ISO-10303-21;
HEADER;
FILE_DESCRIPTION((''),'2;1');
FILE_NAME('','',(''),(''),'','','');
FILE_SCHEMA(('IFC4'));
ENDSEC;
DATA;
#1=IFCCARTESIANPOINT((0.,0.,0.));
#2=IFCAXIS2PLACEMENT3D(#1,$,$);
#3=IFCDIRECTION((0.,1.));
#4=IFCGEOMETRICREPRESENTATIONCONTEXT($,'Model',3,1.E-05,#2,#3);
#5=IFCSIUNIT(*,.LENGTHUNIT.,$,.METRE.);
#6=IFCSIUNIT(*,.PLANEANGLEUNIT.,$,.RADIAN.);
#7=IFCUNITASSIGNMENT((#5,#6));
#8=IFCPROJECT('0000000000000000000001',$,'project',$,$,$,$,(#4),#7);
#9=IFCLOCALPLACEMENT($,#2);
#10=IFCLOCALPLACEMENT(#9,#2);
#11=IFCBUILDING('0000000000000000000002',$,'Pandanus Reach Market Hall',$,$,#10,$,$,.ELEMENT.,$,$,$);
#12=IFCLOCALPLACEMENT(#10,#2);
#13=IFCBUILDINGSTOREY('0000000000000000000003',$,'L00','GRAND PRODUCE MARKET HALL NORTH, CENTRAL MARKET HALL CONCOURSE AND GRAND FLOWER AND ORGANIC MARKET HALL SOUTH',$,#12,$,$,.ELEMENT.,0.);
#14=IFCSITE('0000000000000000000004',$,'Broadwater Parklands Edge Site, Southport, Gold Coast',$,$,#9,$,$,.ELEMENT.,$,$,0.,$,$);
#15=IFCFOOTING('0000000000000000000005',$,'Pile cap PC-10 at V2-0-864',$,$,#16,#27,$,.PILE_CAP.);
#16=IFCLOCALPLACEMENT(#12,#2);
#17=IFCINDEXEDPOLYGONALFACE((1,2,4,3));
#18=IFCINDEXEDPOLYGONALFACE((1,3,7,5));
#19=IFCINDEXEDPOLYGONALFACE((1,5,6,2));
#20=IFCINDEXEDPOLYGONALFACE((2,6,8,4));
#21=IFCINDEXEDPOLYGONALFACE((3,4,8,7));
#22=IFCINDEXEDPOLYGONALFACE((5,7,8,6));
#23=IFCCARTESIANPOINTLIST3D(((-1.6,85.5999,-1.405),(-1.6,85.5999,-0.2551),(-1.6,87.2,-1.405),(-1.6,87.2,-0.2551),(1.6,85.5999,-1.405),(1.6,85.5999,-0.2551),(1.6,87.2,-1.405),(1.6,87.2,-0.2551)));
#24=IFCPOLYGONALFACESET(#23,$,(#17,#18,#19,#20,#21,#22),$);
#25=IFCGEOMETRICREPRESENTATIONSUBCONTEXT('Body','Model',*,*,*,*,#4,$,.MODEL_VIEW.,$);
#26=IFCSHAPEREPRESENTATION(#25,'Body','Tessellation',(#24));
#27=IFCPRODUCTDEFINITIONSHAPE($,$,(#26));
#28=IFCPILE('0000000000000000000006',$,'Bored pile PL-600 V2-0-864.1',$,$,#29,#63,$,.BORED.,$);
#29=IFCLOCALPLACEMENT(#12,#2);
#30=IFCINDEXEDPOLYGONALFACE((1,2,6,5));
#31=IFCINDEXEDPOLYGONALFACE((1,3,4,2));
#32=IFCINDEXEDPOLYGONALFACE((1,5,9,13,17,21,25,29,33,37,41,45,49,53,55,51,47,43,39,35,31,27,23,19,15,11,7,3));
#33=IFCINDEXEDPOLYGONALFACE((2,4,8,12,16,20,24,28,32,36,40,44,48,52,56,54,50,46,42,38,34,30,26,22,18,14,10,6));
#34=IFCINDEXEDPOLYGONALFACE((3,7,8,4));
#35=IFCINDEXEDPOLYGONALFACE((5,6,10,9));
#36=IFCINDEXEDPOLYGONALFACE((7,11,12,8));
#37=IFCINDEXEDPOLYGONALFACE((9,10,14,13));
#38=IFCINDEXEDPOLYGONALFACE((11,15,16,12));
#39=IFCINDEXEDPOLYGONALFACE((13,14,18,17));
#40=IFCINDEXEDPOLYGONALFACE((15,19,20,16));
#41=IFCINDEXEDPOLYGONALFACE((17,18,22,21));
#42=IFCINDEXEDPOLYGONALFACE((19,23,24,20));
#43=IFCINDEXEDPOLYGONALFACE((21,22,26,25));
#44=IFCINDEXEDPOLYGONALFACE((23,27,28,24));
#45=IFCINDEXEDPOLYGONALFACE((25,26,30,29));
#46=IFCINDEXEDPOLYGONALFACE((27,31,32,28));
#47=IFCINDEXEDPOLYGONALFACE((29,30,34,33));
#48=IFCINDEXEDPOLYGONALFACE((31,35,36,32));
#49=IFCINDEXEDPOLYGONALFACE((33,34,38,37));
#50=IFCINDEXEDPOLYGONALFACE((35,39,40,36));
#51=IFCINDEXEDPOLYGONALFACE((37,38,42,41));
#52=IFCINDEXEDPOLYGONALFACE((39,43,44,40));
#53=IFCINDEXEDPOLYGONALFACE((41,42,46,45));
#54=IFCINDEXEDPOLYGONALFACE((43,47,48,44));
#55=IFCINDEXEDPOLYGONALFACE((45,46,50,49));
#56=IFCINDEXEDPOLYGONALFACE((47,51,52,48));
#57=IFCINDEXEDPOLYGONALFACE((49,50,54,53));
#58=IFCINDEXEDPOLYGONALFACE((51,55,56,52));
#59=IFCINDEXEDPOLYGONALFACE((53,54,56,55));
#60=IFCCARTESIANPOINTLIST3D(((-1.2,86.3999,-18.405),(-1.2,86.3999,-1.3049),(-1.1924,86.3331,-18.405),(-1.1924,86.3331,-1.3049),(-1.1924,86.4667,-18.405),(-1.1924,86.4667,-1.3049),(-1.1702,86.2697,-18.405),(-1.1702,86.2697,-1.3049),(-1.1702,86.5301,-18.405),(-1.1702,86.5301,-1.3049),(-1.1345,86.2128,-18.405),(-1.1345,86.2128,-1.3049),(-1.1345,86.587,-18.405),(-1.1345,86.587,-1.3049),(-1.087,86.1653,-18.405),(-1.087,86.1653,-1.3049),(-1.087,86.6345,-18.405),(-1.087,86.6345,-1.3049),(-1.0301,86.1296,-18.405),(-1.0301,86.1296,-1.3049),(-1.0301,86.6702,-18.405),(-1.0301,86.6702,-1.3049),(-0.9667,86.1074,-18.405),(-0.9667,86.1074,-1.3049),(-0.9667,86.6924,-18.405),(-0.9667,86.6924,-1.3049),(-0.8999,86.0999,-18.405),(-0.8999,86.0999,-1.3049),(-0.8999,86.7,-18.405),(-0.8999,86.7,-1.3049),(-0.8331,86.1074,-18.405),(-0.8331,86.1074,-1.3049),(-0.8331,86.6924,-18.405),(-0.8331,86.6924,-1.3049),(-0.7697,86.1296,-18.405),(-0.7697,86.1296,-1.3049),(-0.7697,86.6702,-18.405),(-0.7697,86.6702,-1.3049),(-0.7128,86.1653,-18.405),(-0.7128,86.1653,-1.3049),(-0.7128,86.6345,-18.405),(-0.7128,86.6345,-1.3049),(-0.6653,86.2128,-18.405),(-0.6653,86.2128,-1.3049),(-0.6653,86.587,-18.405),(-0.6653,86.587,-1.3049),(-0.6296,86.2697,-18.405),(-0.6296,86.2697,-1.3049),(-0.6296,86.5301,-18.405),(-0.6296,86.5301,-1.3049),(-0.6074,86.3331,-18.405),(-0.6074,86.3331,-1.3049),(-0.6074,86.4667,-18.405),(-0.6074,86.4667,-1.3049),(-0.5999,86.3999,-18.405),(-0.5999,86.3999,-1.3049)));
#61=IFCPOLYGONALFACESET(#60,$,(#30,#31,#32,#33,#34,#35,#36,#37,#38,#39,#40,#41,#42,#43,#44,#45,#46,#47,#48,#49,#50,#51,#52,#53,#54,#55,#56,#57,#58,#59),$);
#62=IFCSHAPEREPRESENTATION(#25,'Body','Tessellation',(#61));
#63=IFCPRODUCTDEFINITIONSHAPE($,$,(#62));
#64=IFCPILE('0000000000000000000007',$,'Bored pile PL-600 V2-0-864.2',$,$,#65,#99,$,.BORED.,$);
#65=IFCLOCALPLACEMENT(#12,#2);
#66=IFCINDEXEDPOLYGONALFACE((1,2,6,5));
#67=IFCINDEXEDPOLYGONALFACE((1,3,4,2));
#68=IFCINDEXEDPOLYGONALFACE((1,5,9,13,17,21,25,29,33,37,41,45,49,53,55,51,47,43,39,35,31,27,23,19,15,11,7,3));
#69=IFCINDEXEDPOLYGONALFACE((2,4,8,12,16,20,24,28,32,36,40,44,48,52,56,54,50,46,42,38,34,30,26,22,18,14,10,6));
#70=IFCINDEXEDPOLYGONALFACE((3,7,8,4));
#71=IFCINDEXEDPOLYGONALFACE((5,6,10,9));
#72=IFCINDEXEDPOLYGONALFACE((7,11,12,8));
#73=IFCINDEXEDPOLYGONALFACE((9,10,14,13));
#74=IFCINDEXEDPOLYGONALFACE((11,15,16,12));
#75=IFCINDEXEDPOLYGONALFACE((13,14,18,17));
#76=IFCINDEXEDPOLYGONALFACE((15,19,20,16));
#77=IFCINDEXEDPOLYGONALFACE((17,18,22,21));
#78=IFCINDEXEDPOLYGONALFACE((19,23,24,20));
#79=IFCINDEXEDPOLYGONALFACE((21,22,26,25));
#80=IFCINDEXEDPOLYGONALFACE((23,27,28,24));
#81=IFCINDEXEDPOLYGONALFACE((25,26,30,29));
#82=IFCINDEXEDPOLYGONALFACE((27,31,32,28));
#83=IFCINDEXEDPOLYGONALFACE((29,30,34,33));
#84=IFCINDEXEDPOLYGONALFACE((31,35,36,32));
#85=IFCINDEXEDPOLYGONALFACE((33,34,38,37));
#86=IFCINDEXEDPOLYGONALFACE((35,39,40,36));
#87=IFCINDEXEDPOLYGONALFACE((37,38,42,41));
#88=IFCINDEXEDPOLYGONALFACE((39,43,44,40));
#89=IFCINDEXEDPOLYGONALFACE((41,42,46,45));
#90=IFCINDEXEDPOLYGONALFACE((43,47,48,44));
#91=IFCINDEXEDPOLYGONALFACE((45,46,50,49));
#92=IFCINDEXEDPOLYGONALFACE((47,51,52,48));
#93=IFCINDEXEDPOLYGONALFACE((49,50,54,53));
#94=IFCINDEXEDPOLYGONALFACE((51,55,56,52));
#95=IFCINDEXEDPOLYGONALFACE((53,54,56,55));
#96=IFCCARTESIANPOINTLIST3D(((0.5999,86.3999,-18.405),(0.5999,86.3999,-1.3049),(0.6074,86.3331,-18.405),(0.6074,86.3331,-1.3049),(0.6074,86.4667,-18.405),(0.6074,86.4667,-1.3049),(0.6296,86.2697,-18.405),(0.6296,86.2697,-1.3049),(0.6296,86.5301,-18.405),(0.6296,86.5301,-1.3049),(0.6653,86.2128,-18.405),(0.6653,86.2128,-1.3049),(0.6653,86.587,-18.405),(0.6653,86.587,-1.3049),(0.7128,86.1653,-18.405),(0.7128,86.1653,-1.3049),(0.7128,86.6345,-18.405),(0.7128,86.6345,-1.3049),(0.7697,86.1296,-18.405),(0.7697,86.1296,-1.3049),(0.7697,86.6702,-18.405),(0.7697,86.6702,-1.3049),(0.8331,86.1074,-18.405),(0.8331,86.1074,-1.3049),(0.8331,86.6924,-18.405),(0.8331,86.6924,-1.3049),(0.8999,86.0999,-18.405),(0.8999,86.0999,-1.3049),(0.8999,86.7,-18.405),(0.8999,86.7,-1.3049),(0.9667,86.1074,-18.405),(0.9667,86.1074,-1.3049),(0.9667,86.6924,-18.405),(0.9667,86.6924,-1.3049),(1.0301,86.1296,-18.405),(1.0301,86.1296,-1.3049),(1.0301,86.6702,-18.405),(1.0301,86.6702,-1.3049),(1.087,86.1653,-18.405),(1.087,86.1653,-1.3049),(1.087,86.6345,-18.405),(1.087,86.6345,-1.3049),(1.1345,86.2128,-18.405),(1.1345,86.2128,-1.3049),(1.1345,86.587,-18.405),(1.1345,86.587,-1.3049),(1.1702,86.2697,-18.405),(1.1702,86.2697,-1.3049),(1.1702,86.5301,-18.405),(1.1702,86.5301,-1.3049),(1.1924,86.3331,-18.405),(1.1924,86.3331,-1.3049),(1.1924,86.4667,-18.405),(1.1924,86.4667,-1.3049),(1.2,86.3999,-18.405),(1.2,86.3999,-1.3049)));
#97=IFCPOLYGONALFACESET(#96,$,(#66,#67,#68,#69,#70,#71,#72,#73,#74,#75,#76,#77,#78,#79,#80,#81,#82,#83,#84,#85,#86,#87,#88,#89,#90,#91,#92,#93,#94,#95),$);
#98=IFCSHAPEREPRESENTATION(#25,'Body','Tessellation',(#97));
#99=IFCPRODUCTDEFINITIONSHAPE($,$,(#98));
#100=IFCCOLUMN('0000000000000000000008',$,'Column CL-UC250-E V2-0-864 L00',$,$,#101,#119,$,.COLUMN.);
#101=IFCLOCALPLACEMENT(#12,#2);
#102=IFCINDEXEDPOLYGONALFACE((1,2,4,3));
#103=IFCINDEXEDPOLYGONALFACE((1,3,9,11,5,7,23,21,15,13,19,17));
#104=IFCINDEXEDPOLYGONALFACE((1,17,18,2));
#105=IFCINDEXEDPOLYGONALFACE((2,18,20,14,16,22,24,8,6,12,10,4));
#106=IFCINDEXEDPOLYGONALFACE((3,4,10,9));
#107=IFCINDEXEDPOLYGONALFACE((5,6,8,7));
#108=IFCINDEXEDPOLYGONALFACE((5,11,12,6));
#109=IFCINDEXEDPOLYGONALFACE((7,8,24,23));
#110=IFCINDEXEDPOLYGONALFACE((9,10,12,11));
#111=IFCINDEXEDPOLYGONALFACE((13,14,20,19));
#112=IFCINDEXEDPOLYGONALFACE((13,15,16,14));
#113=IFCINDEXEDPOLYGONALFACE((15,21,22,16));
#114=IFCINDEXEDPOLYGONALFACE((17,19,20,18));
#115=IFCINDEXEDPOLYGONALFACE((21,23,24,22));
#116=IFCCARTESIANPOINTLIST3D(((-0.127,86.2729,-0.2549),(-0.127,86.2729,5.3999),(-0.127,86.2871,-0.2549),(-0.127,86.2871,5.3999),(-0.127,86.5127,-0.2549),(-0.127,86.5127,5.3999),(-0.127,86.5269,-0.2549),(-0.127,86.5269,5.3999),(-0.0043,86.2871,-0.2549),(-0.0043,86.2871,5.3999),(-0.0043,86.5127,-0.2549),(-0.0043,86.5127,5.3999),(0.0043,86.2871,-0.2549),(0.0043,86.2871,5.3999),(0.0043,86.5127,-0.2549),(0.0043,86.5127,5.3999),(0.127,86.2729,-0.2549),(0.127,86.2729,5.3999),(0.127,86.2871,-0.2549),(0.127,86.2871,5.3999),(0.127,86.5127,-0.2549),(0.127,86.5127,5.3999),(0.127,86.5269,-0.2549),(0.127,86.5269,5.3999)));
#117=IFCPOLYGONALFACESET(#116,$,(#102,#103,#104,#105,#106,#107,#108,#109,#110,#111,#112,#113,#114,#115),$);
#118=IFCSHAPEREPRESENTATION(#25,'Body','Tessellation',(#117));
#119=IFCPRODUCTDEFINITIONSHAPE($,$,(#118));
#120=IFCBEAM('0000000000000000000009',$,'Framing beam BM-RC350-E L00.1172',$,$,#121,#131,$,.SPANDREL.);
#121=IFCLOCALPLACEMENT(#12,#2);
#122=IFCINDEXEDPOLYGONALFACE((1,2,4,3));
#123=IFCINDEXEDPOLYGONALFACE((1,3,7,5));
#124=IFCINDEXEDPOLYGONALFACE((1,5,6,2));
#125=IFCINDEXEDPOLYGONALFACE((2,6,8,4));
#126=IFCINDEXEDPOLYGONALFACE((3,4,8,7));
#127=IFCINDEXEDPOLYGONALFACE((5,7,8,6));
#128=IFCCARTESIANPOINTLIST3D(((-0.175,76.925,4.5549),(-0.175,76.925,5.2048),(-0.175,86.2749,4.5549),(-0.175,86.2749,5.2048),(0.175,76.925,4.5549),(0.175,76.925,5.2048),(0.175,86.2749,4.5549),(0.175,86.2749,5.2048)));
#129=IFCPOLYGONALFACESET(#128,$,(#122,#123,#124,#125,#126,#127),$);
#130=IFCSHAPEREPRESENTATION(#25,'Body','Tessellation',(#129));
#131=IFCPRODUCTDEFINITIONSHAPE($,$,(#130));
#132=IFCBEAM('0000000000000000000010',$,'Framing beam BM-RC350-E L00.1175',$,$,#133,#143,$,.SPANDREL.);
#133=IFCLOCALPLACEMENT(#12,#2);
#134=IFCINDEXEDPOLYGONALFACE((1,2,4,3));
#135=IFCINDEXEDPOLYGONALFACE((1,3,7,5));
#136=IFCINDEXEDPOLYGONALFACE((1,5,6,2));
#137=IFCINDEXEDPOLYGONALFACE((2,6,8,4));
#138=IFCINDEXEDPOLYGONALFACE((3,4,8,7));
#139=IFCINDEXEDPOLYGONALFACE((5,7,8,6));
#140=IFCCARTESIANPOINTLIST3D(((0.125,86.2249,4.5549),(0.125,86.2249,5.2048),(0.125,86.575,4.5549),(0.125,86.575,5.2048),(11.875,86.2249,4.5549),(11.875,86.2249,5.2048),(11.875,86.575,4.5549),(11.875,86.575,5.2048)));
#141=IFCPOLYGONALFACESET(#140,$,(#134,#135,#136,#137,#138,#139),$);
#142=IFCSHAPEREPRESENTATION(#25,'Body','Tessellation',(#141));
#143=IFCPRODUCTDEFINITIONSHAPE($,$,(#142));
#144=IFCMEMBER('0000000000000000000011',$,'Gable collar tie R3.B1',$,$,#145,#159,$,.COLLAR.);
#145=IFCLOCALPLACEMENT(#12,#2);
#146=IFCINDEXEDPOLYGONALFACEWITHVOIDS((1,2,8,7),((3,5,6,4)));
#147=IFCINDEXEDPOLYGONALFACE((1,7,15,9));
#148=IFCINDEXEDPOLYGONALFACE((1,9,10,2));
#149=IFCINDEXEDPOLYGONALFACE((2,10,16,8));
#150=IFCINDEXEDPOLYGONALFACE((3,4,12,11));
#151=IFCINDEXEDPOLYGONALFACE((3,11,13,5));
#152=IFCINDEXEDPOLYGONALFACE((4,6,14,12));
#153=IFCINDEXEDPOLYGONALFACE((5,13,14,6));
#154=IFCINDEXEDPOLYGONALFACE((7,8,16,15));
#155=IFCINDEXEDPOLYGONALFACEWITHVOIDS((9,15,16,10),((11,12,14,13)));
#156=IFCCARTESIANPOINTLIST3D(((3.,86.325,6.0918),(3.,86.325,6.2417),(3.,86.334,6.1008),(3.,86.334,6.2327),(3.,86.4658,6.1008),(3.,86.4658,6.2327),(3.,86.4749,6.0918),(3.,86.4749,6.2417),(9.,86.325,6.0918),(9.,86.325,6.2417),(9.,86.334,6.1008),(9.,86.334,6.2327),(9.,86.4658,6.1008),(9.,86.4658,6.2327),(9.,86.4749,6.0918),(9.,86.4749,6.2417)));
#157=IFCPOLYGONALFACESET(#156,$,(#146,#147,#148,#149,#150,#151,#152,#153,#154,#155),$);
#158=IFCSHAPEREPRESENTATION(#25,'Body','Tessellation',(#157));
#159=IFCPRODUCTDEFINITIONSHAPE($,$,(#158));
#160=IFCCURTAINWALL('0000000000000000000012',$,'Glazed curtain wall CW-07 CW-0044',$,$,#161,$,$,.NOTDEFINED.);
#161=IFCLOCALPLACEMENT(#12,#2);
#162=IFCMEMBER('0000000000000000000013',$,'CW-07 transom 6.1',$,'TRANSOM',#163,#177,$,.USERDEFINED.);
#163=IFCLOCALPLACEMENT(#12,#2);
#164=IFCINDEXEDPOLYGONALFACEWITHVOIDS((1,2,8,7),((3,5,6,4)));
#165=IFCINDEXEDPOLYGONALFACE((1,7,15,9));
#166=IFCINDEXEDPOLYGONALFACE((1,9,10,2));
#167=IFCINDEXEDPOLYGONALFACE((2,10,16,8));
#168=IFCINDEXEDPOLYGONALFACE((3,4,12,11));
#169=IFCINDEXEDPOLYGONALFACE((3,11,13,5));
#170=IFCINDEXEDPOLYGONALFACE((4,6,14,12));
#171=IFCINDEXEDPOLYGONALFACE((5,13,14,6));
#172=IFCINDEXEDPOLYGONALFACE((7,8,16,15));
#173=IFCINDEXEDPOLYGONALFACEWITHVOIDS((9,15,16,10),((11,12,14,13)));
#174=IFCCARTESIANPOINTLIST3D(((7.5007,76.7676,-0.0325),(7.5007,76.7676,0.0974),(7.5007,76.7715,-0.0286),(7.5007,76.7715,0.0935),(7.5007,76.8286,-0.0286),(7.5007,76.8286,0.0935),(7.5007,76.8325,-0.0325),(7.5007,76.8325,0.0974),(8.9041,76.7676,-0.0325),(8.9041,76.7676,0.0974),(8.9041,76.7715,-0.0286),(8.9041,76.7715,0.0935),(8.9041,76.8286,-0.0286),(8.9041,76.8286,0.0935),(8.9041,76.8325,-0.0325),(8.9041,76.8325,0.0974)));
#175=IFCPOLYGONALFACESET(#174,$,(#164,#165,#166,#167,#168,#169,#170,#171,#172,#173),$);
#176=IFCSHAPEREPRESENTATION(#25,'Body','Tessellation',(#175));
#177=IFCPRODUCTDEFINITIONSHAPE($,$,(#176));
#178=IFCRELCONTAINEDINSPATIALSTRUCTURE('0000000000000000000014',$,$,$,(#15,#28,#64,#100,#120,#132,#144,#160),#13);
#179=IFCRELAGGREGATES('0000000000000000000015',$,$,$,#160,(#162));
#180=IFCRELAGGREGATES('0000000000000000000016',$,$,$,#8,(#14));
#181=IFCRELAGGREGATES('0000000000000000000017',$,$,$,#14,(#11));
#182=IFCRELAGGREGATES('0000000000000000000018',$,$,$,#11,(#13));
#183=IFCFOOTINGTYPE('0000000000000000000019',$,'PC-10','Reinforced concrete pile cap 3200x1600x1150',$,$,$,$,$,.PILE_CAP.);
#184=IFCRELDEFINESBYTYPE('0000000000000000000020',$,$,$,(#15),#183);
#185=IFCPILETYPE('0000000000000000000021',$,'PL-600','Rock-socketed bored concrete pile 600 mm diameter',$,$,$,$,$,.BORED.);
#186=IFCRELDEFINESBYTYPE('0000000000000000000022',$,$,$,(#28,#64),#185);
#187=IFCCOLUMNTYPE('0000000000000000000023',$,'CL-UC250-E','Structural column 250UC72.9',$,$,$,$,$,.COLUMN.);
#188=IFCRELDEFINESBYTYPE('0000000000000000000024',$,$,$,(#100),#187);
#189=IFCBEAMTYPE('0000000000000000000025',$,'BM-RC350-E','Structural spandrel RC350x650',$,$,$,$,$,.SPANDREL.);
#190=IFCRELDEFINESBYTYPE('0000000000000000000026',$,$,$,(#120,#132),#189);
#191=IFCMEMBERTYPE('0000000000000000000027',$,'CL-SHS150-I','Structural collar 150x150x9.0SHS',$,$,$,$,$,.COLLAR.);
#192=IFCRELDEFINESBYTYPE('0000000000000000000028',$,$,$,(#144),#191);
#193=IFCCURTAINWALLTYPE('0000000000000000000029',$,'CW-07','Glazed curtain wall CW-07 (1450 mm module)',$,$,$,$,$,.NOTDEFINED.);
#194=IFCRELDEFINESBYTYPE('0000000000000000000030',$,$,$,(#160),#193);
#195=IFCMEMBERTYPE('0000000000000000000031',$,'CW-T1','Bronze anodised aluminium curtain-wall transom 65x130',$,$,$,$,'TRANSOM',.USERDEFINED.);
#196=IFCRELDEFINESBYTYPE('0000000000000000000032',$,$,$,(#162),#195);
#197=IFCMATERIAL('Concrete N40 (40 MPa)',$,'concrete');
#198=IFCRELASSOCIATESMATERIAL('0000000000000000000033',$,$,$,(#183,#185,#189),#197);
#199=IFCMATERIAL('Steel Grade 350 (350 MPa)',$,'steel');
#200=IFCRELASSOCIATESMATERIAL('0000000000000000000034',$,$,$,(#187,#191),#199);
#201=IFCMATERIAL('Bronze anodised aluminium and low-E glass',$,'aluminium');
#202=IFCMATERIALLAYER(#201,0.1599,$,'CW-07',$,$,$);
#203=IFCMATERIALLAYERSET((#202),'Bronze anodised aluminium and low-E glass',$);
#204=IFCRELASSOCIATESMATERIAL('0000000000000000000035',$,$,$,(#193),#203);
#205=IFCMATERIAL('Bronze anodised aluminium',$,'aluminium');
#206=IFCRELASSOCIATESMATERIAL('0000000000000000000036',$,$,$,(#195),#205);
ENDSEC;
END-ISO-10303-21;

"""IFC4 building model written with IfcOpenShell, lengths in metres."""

from ifc_helpers import new_model, si_unit, direction, frame, origin, origin_2d, place, context, subcontext, project, spatial, rectangle, hollow_rectangle, circle, i_section, extrude, material, layer, layer_set, material_profile, profile_set, type_object, element, aggregate, save


model = new_model("IFC4")

# Units and contexts
model_context = context("Model", 3, precision=1e-05, world=origin(), true_north=direction((0.0, 1.0)))
body_context = subcontext(model_context, "Body", "Model", "MODEL_VIEW")
ifc_project = project(units=[si_unit("LENGTHUNIT", "METRE"), si_unit("PLANEANGLEUNIT", "RADIAN")], contexts=[model_context])

# Site, building, storey
site_placement = place(None, origin())
site = spatial("IfcSite", under=ifc_project, at=site_placement, Name="Broadwater Parklands Edge Site, Southport, Gold Coast", CompositionType="ELEMENT", RefElevation=0.0)
building_placement = place(site_placement, origin())
building = spatial("IfcBuilding", under=site, at=building_placement, Name="Pandanus Reach Market Hall", CompositionType="ELEMENT")
storey_placement = place(building_placement, origin())
storey = spatial("IfcBuildingStorey", under=building, at=storey_placement, Name="L00", Description="GRAND PRODUCE MARKET HALL NORTH, CENTRAL MARKET HALL CONCOURSE AND GRAND FLOWER AND ORGANIC MARKET HALL SOUTH", CompositionType="ELEMENT", Elevation=0.0)

# Footing
ifc_material_1 = material(Name="Concrete N40 (40 MPa)", Category="concrete")
footing_type = type_object("IfcFootingType", Name="PC-10", Description="Reinforced concrete pile cap 3200x1600x1150", PredefinedType="PILE_CAP", material=ifc_material_1)
footing_placement = place(storey_placement, frame((0.0, 86.3999, -1.405), z_axis=(0.0, 0.0, 1.0), x_axis=(1.0, 0.0, 0.0)))
element("IfcFooting", 1, at=footing_placement, inside=storey, type_object=footing_type, Name="Pile cap PC-10 at V2-0-864", PredefinedType="PILE_CAP", context=body_context, shape_type="SweptSolid", body=[
    extrude(rectangle(XDim=3.2, YDim=1.6001, at=origin_2d()), origin(), (0.0, 0.0, 1.0), 1.1499),
])

# Piles
ifc_material_profile_1 = material_profile(ifc_material_1, circle(Radius=0.3, at=origin_2d()), Name="PILE-600D", Category="LoadBearing")
ifc_profile_set_1 = profile_set([ifc_material_profile_1], Name="Concrete N40 (40 MPa)")
pile_type = type_object("IfcPileType", Name="PL-600", Description="Rock-socketed bored concrete pile 600 mm diameter", PredefinedType="BORED", material=ifc_profile_set_1)
for number, where, z_axis, x_axis, name in (
    (2, (-0.8999, 86.3999, -1.3049), (0.0, 0.0, -1.0), (1.0, 0.0, 0.0), "Bored pile PL-600 V2-0-864.1"),
    (3, (0.8999, 86.3999, -1.3049), (0.0, 0.0, -1.0), (1.0, 0.0, 0.0), "Bored pile PL-600 V2-0-864.2"),
):
    element("IfcPile", number, at=place(storey_placement, frame(where, z_axis=z_axis, x_axis=x_axis)), inside=storey, type_object=pile_type, Name=name, PredefinedType="BORED", context=body_context, shape_type="SweptSolid", body=[
        extrude(circle(Radius=0.3, at=origin_2d()), origin(), (0.0, 0.0, 1.0), 17.1001),
    ])

# Column
ifc_material_2 = material(Name="Steel Grade 350 (350 MPa)", Category="steel")
ifc_material_profile_2 = material_profile(ifc_material_2, i_section(OverallWidth=0.2539, OverallDepth=0.2539, WebThickness=0.0085, FlangeThickness=0.0142, at=origin_2d()), Name="250UC72.9", Category="LoadBearing")
ifc_profile_set_2 = profile_set([ifc_material_profile_2], Name="Steel Grade 350 (350 MPa)")
column_type = type_object("IfcColumnType", Name="CL-UC250-E", Description="Structural column 250UC72.9", PredefinedType="COLUMN", material=ifc_profile_set_2)
column_placement = place(storey_placement, frame((0.0, 86.3999, -0.2549), z_axis=(0.0, 0.0, 1.0), x_axis=(1.0, 0.0, 0.0)))
element("IfcColumn", 4, at=column_placement, inside=storey, type_object=column_type, Name="Column CL-UC250-E V2-0-864 L00", PredefinedType="COLUMN", context=body_context, shape_type="SweptSolid", body=[
    extrude(i_section(OverallWidth=0.2539, OverallDepth=0.2539, WebThickness=0.0085, FlangeThickness=0.0142, at=origin_2d()), origin(), (0.0, 0.0, 1.0), 5.6548),
])

# Beams
ifc_material_profile_3 = material_profile(ifc_material_1, rectangle(XDim=0.3501, YDim=0.6499, at=origin_2d()), Name="RC350x650", Category="LoadBearing")
ifc_profile_set_3 = profile_set([ifc_material_profile_3], Name="Concrete N40 (40 MPa)")
beam_type = type_object("IfcBeamType", Name="BM-RC350-E", Description="Structural spandrel RC350x650", PredefinedType="SPANDREL", material=ifc_profile_set_3)
beam_1_placement = place(storey_placement, frame((0.0, 76.925, 4.8799), z_axis=(0.0, 1.0, 0.0), x_axis=(-1.0, 0.0, 0.0)))
element("IfcBeam", 5, at=beam_1_placement, inside=storey, type_object=beam_type, Name="Framing beam BM-RC350-E L00.1172", PredefinedType="SPANDREL", context=body_context, shape_type="SweptSolid", body=[
    extrude(rectangle(XDim=0.3501, YDim=0.6499, at=origin_2d()), origin(), (0.0, 0.0, 1.0), 9.3499),
])
beam_2_placement = place(storey_placement, frame((0.125, 86.3999, 4.8799), z_axis=(1.0, 0.0, 0.0), x_axis=(0.0, 1.0, 0.0)))
element("IfcBeam", 6, at=beam_2_placement, inside=storey, type_object=beam_type, Name="Framing beam BM-RC350-E L00.1175", PredefinedType="SPANDREL", context=body_context, shape_type="SweptSolid", body=[
    extrude(rectangle(XDim=0.3501, YDim=0.6499, at=origin_2d()), origin(), (0.0, 0.0, 1.0), 11.75),
])

# Member
ifc_material_profile_4 = material_profile(ifc_material_2, hollow_rectangle(XDim=0.1499, YDim=0.1499, WallThickness=0.009, at=origin_2d()), Name="150x150x9.0SHS", Category="LoadBearing")
ifc_profile_set_4 = profile_set([ifc_material_profile_4], Name="Steel Grade 350 (350 MPa)")
member_type_1 = type_object("IfcMemberType", Name="CL-SHS150-I", Description="Structural collar 150x150x9.0SHS", PredefinedType="COLLAR", material=ifc_profile_set_4)
member_1_placement = place(storey_placement, frame((3.0, 86.3999, 6.1667), z_axis=(1.0, 0.0, 0.0), x_axis=(0.0, 1.0, 0.0)))
element("IfcMember", 7, at=member_1_placement, inside=storey, type_object=member_type_1, Name="Gable collar tie R3.B1", PredefinedType="COLLAR", context=body_context, shape_type="SweptSolid", body=[
    extrude(hollow_rectangle(XDim=0.1499, YDim=0.1499, WallThickness=0.009, at=origin_2d()), origin(), (0.0, 0.0, 1.0), 6.0),
])

# Curtain wall, member
ifc_material_3 = material(Name="Bronze anodised aluminium and low-E glass", Category="aluminium")
ifc_layer_1 = layer(ifc_material_3, 0.1599, Name="CW-07")
ifc_layer_set_1 = layer_set([ifc_layer_1], Name="Bronze anodised aluminium and low-E glass")
curtain_wall_type = type_object("IfcCurtainWallType", Name="CW-07", Description="Glazed curtain wall CW-07 (1450 mm module)", PredefinedType="NOTDEFINED", material=ifc_layer_set_1)
curtain_wall_placement = place(storey_placement, origin())
curtain_wall = element("IfcCurtainWall", 8, at=curtain_wall_placement, inside=storey, type_object=curtain_wall_type, Name="Glazed curtain wall CW-07 CW-0044", PredefinedType="NOTDEFINED")
ifc_material_4 = material(Name="Bronze anodised aluminium", Category="aluminium")
ifc_material_profile_5 = material_profile(ifc_material_4, hollow_rectangle(XDim=0.0649, YDim=0.1299, WallThickness=0.0039, at=origin_2d()), Name="ALU65x130", Category="LoadBearing")
ifc_profile_set_5 = profile_set([ifc_material_profile_5], Name="Bronze anodised aluminium")
member_type_2 = type_object("IfcMemberType", Name="CW-T1", Description="Bronze anodised aluminium curtain-wall transom 65x130", ElementType="TRANSOM", PredefinedType="USERDEFINED", material=ifc_profile_set_5)
member_2_placement = place(storey_placement, frame((7.5007, 76.8, 0.0325), z_axis=(1.0, 0.0, 0.0), x_axis=(0.0, 1.0, 0.0)))
member_2 = element("IfcMember", 9, at=member_2_placement, type_object=member_type_2, Name="CW-07 transom 6.1", ObjectType="TRANSOM", PredefinedType="USERDEFINED", context=body_context, shape_type="SweptSolid", body=[
    extrude(hollow_rectangle(XDim=0.0649, YDim=0.1299, WallThickness=0.0039, at=origin_2d()), origin(), (0.0, 0.0, 1.0), 1.4033),
])

aggregate(curtain_wall, [member_2])

save(model, "model.ifc")
